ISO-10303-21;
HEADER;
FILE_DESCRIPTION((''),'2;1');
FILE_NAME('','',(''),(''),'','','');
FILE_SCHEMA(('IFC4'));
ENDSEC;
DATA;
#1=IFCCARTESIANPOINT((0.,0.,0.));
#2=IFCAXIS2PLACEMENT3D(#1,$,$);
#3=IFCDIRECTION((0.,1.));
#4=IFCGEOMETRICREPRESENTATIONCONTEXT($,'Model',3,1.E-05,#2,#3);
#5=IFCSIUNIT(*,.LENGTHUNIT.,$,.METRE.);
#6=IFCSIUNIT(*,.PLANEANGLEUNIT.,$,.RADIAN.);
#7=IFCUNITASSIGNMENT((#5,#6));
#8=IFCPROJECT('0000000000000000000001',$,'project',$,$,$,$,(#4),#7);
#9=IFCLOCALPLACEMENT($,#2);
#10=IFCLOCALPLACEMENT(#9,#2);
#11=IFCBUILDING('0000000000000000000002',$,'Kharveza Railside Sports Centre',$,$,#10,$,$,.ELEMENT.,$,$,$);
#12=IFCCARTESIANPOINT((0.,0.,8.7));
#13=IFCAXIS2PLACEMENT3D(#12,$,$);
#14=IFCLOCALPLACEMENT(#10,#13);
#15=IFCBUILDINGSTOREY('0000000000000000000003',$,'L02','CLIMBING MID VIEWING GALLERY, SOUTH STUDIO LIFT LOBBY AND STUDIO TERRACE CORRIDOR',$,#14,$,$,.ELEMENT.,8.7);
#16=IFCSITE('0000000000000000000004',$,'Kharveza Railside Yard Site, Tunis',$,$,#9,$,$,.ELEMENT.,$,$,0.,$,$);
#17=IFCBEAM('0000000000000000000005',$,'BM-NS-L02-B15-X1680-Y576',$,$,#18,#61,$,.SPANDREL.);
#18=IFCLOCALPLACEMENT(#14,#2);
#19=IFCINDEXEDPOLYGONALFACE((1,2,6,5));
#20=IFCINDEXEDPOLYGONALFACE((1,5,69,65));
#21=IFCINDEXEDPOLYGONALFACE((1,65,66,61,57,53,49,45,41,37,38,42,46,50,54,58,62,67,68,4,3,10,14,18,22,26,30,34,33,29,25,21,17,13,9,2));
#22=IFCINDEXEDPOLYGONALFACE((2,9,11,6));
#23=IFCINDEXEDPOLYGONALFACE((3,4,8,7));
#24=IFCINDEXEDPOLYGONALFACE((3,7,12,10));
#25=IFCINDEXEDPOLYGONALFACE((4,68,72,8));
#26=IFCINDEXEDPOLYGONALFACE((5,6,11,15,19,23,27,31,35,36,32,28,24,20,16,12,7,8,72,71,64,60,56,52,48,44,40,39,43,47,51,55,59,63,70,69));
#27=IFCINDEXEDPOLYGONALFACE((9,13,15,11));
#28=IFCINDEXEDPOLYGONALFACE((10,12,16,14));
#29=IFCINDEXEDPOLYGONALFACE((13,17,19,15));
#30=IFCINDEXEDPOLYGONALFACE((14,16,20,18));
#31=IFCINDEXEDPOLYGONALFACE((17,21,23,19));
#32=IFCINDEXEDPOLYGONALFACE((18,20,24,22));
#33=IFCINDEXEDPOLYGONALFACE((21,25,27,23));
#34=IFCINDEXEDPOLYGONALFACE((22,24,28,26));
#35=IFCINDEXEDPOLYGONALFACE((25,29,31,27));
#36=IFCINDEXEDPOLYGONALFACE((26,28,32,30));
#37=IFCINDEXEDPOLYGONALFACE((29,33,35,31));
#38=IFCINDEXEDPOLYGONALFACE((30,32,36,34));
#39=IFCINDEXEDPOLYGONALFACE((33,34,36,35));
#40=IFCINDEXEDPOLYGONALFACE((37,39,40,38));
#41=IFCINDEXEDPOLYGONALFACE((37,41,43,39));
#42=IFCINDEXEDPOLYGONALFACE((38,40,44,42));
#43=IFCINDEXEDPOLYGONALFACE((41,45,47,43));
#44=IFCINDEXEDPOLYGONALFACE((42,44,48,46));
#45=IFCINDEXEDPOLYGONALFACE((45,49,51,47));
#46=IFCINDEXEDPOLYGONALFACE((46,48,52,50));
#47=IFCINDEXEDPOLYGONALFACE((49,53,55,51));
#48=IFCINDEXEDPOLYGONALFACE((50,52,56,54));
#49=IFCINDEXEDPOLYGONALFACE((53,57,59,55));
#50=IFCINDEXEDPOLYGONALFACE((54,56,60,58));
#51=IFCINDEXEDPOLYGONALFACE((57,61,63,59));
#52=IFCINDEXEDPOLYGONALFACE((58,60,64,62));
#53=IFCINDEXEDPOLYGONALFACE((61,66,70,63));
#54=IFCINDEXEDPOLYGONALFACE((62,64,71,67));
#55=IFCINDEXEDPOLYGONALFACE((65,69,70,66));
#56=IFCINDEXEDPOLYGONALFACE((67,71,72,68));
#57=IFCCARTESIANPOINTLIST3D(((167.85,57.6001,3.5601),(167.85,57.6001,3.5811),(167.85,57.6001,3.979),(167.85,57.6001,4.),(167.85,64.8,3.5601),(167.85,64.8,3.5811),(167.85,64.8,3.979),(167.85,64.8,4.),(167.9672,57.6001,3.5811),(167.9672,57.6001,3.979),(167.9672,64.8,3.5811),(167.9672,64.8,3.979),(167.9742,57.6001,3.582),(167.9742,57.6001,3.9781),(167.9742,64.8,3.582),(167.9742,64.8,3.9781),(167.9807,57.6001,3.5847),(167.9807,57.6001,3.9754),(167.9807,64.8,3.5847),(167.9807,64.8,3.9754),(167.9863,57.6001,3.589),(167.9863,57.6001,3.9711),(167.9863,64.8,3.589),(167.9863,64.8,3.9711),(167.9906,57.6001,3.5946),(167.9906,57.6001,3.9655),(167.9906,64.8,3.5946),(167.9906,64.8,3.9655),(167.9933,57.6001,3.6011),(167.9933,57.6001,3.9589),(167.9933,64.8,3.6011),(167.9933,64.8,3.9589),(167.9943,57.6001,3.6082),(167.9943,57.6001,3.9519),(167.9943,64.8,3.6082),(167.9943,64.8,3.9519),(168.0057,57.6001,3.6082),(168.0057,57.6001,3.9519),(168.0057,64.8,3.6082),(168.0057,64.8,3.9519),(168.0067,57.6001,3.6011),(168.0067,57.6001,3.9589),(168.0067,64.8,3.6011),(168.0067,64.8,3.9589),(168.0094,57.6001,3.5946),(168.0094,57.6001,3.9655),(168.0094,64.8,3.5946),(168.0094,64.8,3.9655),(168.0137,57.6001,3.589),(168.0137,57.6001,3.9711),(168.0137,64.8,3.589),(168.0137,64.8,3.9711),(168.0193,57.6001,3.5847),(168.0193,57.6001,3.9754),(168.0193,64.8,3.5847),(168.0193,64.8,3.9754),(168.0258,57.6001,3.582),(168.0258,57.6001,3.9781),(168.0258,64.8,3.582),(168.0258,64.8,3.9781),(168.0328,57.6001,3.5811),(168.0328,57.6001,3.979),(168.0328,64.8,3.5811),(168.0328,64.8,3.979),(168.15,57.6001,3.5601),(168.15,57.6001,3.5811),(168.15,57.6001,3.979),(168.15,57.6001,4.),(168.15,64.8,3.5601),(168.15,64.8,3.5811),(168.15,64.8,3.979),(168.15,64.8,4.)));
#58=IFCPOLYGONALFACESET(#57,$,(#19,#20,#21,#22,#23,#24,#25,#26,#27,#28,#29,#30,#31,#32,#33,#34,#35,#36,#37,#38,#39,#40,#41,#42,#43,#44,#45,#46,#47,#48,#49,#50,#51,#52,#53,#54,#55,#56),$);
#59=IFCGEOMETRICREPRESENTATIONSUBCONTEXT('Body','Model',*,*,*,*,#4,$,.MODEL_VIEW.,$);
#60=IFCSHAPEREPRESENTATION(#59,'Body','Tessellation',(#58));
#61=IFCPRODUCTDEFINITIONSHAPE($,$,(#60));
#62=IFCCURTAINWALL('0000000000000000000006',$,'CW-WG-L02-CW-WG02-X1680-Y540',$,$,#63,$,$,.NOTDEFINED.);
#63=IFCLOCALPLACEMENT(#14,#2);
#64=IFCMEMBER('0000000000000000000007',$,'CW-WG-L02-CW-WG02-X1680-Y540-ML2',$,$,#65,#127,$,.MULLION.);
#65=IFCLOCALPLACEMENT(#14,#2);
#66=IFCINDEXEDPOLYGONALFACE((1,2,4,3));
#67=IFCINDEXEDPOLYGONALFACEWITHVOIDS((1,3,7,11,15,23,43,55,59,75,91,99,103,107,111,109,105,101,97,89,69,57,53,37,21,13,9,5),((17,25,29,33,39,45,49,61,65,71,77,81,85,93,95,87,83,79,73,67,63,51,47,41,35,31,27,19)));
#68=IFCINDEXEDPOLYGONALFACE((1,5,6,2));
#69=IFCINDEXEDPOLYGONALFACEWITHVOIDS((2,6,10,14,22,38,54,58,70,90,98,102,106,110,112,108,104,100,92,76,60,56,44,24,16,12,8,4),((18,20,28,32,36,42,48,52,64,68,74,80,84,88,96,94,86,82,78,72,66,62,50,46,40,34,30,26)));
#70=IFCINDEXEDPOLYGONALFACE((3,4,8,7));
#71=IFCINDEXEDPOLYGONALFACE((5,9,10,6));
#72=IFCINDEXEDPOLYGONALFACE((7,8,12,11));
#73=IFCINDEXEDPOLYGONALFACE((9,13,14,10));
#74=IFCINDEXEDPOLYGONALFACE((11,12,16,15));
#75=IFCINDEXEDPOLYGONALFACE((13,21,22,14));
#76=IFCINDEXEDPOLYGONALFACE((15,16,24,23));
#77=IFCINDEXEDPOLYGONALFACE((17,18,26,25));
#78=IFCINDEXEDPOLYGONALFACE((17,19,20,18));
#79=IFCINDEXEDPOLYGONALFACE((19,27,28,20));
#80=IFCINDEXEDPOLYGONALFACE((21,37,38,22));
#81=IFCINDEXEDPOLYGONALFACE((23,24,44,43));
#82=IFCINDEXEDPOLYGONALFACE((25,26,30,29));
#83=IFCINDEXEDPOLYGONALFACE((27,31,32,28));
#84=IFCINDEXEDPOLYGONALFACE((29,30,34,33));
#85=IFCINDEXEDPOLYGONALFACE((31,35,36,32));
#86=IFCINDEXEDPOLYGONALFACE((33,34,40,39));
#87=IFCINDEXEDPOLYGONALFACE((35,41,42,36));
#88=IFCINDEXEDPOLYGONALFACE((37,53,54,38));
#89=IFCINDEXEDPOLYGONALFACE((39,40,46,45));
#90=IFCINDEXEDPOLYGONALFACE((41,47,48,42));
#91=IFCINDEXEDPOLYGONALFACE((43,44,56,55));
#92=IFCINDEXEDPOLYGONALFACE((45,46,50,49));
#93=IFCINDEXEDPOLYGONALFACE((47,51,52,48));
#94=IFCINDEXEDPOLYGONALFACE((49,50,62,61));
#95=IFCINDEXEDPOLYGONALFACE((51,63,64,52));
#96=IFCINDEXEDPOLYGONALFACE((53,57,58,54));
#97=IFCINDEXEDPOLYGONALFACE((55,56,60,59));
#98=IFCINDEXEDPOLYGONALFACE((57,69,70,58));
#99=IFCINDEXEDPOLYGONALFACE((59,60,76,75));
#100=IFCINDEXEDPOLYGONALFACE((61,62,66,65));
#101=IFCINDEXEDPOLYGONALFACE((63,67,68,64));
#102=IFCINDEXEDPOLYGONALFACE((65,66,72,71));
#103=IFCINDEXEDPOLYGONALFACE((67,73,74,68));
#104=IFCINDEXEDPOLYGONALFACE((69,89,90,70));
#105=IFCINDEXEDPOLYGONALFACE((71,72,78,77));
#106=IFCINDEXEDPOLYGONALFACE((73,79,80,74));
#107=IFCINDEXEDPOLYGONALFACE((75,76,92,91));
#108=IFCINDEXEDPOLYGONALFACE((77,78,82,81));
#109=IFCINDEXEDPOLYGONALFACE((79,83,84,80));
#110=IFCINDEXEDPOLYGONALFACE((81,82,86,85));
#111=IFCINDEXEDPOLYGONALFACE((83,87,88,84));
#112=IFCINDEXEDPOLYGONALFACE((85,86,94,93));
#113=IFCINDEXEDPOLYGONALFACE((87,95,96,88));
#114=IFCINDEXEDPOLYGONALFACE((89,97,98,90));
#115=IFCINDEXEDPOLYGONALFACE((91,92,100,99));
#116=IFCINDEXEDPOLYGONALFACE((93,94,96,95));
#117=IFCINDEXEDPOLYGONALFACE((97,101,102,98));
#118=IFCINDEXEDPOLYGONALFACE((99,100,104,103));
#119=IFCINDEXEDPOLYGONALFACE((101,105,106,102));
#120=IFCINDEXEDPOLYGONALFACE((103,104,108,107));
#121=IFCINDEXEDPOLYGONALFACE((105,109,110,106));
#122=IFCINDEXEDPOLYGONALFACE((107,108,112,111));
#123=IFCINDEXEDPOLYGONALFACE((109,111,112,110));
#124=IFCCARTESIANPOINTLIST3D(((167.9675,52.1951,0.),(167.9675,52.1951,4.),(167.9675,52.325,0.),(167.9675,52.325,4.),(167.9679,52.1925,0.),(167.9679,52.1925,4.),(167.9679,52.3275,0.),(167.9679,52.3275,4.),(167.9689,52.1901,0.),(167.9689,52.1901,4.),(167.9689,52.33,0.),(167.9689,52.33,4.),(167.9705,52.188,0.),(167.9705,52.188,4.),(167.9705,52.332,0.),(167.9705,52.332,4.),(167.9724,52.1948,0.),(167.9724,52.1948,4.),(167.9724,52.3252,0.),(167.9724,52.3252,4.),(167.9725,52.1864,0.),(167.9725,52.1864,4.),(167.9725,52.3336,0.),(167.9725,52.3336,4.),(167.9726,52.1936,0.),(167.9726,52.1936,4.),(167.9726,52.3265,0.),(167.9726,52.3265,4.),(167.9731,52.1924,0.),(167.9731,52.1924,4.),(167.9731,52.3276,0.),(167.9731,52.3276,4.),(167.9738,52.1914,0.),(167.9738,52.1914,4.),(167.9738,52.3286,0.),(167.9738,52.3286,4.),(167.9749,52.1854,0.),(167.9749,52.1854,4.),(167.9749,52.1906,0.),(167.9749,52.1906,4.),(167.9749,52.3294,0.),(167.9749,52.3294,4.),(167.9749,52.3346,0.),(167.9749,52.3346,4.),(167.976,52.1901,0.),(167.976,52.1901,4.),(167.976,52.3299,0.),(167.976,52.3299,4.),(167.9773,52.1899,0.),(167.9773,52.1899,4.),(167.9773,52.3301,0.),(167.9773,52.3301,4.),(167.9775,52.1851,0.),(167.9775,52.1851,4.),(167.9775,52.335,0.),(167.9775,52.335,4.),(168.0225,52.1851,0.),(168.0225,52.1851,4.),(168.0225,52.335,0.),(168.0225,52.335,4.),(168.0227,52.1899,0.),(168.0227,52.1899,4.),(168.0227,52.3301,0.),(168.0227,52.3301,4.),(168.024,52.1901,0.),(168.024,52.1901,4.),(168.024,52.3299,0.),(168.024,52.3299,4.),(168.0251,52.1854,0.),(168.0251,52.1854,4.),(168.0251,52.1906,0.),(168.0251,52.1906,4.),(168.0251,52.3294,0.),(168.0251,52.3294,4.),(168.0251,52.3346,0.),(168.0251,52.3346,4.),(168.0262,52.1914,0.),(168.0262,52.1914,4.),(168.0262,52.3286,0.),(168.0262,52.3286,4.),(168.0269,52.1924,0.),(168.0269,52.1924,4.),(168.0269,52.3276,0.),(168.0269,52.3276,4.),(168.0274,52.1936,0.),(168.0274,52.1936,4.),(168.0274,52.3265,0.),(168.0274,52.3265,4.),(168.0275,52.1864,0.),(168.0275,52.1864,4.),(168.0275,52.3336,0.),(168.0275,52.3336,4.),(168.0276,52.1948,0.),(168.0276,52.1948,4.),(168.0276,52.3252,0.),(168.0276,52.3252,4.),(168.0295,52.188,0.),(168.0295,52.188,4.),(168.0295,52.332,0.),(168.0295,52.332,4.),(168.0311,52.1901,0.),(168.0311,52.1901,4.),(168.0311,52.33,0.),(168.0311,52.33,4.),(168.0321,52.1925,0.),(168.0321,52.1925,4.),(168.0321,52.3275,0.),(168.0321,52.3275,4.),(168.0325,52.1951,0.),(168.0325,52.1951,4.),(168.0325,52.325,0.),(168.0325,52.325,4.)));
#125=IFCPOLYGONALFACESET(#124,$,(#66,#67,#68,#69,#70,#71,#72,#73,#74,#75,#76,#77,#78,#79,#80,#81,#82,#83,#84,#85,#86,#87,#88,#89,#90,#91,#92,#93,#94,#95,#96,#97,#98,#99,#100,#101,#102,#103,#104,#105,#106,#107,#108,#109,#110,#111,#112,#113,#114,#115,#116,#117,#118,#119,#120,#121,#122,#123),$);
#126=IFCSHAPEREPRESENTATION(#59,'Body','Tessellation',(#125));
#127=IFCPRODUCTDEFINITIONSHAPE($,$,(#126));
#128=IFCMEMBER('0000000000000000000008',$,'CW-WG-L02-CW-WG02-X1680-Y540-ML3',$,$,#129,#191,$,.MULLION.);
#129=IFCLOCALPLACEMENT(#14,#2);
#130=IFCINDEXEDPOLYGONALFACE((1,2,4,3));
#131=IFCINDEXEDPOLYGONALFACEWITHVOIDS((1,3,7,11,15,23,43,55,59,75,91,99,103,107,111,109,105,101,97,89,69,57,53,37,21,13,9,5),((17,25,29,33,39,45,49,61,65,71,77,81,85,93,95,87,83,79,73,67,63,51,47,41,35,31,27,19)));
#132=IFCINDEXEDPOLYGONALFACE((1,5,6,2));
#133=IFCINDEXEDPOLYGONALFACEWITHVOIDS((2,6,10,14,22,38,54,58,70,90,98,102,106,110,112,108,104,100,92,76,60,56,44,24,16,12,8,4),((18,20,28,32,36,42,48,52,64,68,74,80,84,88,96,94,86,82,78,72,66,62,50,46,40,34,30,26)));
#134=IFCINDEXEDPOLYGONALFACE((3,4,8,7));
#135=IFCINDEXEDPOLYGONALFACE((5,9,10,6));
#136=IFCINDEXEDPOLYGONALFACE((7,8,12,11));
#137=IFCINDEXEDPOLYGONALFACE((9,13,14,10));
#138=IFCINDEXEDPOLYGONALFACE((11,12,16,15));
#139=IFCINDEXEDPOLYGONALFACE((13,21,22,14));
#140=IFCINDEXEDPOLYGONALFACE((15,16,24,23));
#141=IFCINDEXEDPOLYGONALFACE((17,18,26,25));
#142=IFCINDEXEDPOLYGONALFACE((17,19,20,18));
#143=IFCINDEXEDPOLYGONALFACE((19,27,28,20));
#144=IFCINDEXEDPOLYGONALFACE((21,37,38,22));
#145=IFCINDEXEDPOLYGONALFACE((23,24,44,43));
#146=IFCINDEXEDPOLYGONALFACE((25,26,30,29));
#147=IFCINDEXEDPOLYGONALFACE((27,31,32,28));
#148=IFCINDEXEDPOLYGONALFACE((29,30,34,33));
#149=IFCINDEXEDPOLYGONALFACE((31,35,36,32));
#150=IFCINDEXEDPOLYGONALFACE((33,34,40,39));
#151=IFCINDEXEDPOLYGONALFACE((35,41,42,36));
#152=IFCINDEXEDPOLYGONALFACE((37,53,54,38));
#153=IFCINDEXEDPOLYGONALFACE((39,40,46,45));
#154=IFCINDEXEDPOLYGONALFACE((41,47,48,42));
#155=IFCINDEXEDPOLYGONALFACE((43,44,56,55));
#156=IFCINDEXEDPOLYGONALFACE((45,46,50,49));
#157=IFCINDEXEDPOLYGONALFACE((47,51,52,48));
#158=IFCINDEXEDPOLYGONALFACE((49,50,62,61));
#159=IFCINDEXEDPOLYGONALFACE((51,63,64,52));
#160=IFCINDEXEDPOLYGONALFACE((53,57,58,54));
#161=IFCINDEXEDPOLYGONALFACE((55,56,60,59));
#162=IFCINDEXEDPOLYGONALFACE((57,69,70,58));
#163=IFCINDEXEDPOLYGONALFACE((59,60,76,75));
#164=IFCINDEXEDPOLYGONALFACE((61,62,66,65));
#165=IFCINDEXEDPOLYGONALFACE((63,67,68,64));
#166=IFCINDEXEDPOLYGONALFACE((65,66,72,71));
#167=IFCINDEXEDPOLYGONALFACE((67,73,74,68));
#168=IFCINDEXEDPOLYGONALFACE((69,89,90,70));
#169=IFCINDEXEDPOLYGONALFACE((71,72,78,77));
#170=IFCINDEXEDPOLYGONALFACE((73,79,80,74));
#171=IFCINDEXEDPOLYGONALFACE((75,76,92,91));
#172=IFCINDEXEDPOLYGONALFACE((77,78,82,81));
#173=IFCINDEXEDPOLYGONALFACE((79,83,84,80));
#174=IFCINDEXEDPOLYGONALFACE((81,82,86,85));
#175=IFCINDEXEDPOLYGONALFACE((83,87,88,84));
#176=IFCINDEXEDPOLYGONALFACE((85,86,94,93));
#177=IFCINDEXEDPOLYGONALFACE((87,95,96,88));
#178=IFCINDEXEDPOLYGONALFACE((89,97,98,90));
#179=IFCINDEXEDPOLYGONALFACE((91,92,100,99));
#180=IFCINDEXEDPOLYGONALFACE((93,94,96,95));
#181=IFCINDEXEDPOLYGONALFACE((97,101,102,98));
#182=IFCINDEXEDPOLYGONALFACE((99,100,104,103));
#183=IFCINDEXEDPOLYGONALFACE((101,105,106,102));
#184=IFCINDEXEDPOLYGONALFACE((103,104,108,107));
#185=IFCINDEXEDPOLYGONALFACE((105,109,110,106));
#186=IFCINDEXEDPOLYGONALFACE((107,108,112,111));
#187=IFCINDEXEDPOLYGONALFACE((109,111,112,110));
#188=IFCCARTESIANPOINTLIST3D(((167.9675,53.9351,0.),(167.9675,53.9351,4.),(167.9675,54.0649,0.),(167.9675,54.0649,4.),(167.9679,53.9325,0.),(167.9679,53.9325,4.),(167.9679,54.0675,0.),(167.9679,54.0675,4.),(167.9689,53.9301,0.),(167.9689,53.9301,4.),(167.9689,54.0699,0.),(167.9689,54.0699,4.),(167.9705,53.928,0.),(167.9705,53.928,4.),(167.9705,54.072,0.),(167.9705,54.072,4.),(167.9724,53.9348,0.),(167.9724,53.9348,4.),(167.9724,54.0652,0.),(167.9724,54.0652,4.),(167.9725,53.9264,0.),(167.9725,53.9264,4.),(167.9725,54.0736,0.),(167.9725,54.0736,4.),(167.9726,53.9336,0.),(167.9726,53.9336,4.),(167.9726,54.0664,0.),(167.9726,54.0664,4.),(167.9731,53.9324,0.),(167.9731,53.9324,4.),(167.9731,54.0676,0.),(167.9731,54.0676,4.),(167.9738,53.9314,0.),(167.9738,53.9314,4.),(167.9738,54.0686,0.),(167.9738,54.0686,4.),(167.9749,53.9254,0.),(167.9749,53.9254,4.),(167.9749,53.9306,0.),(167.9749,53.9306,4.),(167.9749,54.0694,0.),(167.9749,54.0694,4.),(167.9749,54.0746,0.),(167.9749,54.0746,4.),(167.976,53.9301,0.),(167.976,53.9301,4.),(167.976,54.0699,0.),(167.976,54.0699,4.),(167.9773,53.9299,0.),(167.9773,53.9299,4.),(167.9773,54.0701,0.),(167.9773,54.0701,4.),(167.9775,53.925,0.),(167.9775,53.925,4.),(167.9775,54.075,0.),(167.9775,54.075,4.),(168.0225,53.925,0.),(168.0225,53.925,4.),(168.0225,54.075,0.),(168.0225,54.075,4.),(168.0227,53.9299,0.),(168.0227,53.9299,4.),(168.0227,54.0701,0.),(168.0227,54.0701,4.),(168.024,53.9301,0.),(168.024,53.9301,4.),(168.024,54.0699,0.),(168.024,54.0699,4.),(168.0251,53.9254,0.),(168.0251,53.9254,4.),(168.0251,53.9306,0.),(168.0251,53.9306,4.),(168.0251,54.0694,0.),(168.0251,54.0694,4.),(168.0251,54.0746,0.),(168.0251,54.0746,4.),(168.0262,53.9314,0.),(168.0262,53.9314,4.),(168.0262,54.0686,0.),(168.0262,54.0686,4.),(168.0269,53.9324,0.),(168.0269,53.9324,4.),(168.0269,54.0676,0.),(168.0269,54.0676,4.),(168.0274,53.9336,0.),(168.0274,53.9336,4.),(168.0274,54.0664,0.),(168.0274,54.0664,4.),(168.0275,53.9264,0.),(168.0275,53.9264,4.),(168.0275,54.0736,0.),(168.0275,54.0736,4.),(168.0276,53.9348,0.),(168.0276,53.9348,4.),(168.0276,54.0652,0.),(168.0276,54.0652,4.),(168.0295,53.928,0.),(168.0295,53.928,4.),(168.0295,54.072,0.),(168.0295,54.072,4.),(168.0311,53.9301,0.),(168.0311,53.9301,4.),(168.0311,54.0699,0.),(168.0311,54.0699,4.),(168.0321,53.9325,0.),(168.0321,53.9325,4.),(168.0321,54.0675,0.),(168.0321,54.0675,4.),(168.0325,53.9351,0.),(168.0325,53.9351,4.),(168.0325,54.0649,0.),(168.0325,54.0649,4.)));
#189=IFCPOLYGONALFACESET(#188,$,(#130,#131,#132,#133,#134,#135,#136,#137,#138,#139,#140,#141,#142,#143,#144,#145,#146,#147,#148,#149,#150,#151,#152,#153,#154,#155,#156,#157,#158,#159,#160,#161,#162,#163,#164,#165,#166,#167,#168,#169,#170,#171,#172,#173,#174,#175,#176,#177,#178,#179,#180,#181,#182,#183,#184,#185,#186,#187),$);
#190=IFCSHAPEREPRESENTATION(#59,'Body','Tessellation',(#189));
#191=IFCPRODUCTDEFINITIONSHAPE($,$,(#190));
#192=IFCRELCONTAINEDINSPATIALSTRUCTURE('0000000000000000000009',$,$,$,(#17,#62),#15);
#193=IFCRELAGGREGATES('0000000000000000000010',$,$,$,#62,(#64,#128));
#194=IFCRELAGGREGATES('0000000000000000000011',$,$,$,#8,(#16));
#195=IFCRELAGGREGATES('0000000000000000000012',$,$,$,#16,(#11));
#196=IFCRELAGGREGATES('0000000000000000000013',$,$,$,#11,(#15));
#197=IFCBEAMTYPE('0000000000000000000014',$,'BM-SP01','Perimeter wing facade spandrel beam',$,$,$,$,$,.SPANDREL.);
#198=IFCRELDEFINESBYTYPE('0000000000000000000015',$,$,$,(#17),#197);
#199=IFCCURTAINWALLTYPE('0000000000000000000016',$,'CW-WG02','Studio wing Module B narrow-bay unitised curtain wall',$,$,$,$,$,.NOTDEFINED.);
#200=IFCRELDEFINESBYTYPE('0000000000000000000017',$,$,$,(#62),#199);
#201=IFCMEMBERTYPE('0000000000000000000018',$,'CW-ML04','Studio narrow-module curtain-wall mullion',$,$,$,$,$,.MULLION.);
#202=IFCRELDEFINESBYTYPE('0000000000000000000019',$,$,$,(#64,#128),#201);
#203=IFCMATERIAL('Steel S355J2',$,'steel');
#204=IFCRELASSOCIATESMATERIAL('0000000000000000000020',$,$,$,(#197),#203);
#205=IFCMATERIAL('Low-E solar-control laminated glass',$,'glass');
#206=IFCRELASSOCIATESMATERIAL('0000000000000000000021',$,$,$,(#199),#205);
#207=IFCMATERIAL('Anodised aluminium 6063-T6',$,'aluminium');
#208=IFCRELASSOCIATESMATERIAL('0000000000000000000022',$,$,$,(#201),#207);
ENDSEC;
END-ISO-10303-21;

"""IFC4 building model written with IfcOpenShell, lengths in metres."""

from ifc_helpers import new_model, si_unit, direction, frame, origin, origin_2d, place, context, subcontext, project, spatial, hollow_rectangle, i_section, extrude, material, material_profile, profile_set, type_object, element, aggregate, save


model = new_model("IFC4")

# Units and contexts
model_context = context("Model", 3, precision=1e-05, world=origin(), true_north=direction((0.0, 1.0)))
body_context = subcontext(model_context, "Body", "Model", "MODEL_VIEW")
ifc_project = project(units=[si_unit("LENGTHUNIT", "METRE"), si_unit("PLANEANGLEUNIT", "RADIAN")], contexts=[model_context])

# Site, building, storey
site_placement = place(None, origin())
site = spatial("IfcSite", under=ifc_project, at=site_placement, Name="Kharveza Railside Yard Site, Tunis", CompositionType="ELEMENT", RefElevation=0.0)
building_placement = place(site_placement, origin())
building = spatial("IfcBuilding", under=site, at=building_placement, Name="Kharveza Railside Sports Centre", CompositionType="ELEMENT")
storey_placement = place(building_placement, frame((0.0, 0.0, 8.7)))
storey = spatial("IfcBuildingStorey", under=building, at=storey_placement, Name="L02", Description="CLIMBING MID VIEWING GALLERY, SOUTH STUDIO LIFT LOBBY AND STUDIO TERRACE CORRIDOR", CompositionType="ELEMENT", Elevation=8.7)

# Shared definitions
ifc_material_1 = material(Name="Steel S355J2", Category="steel")

# Beam
ifc_material_profile_1 = material_profile(ifc_material_1, i_section(OverallWidth=0.3, OverallDepth=0.4399, WebThickness=0.0115, FlangeThickness=0.021, FilletRadius=0.0271, at=origin_2d()), Name="HEA 450")
ifc_profile_set_1 = profile_set([ifc_material_profile_1], Name="Steel S355J2")
beam_type_1 = type_object("IfcBeamType", Name="BM-SP01", Description="Perimeter wing facade spandrel beam", PredefinedType="SPANDREL", material=ifc_profile_set_1)
beam_1_placement = place(storey_placement, frame((168.0, 57.6001, 3.78), z_axis=(0.0, 1.0, 0.0), x_axis=(-1.0, 0.0, 0.0)))
element("IfcBeam", 1, at=beam_1_placement, inside=storey, type_object=beam_type_1, Name="BM-NS-L02-B15-X1680-Y576", PredefinedType="SPANDREL", context=body_context, shape_type="SweptSolid", body=[
    extrude(i_section(OverallWidth=0.3, OverallDepth=0.4399, WebThickness=0.0115, FlangeThickness=0.021, FilletRadius=0.0271, at=origin_2d()), origin(), (0.0, 0.0, 1.0), 7.2),
])

# Curtain wall, members
ifc_material_2 = material(Name="Low-E solar-control laminated glass", Category="glass")
curtain_wall_type = type_object("IfcCurtainWallType", Name="CW-WG02", Description="Studio wing Module B narrow-bay unitised curtain wall", PredefinedType="NOTDEFINED", material=ifc_material_2)
curtain_wall_placement = place(storey_placement, origin())
curtain_wall = element("IfcCurtainWall", 2, at=curtain_wall_placement, inside=storey, type_object=curtain_wall_type, Name="CW-WG-L02-CW-WG02-X1680-Y540", PredefinedType="NOTDEFINED")
ifc_material_3 = material(Name="Anodised aluminium 6063-T6", Category="aluminium")
ifc_material_profile_2 = material_profile(ifc_material_3, hollow_rectangle(XDim=0.0649, YDim=0.1499, WallThickness=0.0049, InnerFilletRadius=0.0049, OuterFilletRadius=0.01, at=origin_2d()), Name="RHS 65x150x5.0")
ifc_profile_set_2 = profile_set([ifc_material_profile_2], Name="Anodised aluminium 6063-T6")
member_type_1 = type_object("IfcMemberType", Name="CW-ML04", Description="Studio narrow-module curtain-wall mullion", PredefinedType="MULLION", material=ifc_profile_set_2)
member_1_placement = place(storey_placement, frame((168.0, 52.26, 0.0), z_axis=(0.0, 0.0, 1.0), x_axis=(1.0, 0.0, 0.0)))
member_1 = element("IfcMember", 3, at=member_1_placement, type_object=member_type_1, Name="CW-WG-L02-CW-WG02-X1680-Y540-ML2", PredefinedType="MULLION", context=body_context, shape_type="SweptSolid", body=[
    extrude(hollow_rectangle(XDim=0.0649, YDim=0.1499, WallThickness=0.0049, InnerFilletRadius=0.0049, OuterFilletRadius=0.01, at=origin_2d()), origin(), (0.0, 0.0, 1.0), 4.0),
])
member_2_placement = place(storey_placement, frame((168.0, 54.0, 0.0), z_axis=(0.0, 0.0, 1.0), x_axis=(1.0, 0.0, 0.0)))
member_2 = element("IfcMember", 4, at=member_2_placement, type_object=member_type_1, Name="CW-WG-L02-CW-WG02-X1680-Y540-ML3", PredefinedType="MULLION", context=body_context, shape_type="SweptSolid", body=[
    extrude(hollow_rectangle(XDim=0.0649, YDim=0.1499, WallThickness=0.0049, InnerFilletRadius=0.0049, OuterFilletRadius=0.01, at=origin_2d()), origin(), (0.0, 0.0, 1.0), 4.0),
])
aggregate(curtain_wall, [member_1, member_2])

save(model, "model.ifc")
